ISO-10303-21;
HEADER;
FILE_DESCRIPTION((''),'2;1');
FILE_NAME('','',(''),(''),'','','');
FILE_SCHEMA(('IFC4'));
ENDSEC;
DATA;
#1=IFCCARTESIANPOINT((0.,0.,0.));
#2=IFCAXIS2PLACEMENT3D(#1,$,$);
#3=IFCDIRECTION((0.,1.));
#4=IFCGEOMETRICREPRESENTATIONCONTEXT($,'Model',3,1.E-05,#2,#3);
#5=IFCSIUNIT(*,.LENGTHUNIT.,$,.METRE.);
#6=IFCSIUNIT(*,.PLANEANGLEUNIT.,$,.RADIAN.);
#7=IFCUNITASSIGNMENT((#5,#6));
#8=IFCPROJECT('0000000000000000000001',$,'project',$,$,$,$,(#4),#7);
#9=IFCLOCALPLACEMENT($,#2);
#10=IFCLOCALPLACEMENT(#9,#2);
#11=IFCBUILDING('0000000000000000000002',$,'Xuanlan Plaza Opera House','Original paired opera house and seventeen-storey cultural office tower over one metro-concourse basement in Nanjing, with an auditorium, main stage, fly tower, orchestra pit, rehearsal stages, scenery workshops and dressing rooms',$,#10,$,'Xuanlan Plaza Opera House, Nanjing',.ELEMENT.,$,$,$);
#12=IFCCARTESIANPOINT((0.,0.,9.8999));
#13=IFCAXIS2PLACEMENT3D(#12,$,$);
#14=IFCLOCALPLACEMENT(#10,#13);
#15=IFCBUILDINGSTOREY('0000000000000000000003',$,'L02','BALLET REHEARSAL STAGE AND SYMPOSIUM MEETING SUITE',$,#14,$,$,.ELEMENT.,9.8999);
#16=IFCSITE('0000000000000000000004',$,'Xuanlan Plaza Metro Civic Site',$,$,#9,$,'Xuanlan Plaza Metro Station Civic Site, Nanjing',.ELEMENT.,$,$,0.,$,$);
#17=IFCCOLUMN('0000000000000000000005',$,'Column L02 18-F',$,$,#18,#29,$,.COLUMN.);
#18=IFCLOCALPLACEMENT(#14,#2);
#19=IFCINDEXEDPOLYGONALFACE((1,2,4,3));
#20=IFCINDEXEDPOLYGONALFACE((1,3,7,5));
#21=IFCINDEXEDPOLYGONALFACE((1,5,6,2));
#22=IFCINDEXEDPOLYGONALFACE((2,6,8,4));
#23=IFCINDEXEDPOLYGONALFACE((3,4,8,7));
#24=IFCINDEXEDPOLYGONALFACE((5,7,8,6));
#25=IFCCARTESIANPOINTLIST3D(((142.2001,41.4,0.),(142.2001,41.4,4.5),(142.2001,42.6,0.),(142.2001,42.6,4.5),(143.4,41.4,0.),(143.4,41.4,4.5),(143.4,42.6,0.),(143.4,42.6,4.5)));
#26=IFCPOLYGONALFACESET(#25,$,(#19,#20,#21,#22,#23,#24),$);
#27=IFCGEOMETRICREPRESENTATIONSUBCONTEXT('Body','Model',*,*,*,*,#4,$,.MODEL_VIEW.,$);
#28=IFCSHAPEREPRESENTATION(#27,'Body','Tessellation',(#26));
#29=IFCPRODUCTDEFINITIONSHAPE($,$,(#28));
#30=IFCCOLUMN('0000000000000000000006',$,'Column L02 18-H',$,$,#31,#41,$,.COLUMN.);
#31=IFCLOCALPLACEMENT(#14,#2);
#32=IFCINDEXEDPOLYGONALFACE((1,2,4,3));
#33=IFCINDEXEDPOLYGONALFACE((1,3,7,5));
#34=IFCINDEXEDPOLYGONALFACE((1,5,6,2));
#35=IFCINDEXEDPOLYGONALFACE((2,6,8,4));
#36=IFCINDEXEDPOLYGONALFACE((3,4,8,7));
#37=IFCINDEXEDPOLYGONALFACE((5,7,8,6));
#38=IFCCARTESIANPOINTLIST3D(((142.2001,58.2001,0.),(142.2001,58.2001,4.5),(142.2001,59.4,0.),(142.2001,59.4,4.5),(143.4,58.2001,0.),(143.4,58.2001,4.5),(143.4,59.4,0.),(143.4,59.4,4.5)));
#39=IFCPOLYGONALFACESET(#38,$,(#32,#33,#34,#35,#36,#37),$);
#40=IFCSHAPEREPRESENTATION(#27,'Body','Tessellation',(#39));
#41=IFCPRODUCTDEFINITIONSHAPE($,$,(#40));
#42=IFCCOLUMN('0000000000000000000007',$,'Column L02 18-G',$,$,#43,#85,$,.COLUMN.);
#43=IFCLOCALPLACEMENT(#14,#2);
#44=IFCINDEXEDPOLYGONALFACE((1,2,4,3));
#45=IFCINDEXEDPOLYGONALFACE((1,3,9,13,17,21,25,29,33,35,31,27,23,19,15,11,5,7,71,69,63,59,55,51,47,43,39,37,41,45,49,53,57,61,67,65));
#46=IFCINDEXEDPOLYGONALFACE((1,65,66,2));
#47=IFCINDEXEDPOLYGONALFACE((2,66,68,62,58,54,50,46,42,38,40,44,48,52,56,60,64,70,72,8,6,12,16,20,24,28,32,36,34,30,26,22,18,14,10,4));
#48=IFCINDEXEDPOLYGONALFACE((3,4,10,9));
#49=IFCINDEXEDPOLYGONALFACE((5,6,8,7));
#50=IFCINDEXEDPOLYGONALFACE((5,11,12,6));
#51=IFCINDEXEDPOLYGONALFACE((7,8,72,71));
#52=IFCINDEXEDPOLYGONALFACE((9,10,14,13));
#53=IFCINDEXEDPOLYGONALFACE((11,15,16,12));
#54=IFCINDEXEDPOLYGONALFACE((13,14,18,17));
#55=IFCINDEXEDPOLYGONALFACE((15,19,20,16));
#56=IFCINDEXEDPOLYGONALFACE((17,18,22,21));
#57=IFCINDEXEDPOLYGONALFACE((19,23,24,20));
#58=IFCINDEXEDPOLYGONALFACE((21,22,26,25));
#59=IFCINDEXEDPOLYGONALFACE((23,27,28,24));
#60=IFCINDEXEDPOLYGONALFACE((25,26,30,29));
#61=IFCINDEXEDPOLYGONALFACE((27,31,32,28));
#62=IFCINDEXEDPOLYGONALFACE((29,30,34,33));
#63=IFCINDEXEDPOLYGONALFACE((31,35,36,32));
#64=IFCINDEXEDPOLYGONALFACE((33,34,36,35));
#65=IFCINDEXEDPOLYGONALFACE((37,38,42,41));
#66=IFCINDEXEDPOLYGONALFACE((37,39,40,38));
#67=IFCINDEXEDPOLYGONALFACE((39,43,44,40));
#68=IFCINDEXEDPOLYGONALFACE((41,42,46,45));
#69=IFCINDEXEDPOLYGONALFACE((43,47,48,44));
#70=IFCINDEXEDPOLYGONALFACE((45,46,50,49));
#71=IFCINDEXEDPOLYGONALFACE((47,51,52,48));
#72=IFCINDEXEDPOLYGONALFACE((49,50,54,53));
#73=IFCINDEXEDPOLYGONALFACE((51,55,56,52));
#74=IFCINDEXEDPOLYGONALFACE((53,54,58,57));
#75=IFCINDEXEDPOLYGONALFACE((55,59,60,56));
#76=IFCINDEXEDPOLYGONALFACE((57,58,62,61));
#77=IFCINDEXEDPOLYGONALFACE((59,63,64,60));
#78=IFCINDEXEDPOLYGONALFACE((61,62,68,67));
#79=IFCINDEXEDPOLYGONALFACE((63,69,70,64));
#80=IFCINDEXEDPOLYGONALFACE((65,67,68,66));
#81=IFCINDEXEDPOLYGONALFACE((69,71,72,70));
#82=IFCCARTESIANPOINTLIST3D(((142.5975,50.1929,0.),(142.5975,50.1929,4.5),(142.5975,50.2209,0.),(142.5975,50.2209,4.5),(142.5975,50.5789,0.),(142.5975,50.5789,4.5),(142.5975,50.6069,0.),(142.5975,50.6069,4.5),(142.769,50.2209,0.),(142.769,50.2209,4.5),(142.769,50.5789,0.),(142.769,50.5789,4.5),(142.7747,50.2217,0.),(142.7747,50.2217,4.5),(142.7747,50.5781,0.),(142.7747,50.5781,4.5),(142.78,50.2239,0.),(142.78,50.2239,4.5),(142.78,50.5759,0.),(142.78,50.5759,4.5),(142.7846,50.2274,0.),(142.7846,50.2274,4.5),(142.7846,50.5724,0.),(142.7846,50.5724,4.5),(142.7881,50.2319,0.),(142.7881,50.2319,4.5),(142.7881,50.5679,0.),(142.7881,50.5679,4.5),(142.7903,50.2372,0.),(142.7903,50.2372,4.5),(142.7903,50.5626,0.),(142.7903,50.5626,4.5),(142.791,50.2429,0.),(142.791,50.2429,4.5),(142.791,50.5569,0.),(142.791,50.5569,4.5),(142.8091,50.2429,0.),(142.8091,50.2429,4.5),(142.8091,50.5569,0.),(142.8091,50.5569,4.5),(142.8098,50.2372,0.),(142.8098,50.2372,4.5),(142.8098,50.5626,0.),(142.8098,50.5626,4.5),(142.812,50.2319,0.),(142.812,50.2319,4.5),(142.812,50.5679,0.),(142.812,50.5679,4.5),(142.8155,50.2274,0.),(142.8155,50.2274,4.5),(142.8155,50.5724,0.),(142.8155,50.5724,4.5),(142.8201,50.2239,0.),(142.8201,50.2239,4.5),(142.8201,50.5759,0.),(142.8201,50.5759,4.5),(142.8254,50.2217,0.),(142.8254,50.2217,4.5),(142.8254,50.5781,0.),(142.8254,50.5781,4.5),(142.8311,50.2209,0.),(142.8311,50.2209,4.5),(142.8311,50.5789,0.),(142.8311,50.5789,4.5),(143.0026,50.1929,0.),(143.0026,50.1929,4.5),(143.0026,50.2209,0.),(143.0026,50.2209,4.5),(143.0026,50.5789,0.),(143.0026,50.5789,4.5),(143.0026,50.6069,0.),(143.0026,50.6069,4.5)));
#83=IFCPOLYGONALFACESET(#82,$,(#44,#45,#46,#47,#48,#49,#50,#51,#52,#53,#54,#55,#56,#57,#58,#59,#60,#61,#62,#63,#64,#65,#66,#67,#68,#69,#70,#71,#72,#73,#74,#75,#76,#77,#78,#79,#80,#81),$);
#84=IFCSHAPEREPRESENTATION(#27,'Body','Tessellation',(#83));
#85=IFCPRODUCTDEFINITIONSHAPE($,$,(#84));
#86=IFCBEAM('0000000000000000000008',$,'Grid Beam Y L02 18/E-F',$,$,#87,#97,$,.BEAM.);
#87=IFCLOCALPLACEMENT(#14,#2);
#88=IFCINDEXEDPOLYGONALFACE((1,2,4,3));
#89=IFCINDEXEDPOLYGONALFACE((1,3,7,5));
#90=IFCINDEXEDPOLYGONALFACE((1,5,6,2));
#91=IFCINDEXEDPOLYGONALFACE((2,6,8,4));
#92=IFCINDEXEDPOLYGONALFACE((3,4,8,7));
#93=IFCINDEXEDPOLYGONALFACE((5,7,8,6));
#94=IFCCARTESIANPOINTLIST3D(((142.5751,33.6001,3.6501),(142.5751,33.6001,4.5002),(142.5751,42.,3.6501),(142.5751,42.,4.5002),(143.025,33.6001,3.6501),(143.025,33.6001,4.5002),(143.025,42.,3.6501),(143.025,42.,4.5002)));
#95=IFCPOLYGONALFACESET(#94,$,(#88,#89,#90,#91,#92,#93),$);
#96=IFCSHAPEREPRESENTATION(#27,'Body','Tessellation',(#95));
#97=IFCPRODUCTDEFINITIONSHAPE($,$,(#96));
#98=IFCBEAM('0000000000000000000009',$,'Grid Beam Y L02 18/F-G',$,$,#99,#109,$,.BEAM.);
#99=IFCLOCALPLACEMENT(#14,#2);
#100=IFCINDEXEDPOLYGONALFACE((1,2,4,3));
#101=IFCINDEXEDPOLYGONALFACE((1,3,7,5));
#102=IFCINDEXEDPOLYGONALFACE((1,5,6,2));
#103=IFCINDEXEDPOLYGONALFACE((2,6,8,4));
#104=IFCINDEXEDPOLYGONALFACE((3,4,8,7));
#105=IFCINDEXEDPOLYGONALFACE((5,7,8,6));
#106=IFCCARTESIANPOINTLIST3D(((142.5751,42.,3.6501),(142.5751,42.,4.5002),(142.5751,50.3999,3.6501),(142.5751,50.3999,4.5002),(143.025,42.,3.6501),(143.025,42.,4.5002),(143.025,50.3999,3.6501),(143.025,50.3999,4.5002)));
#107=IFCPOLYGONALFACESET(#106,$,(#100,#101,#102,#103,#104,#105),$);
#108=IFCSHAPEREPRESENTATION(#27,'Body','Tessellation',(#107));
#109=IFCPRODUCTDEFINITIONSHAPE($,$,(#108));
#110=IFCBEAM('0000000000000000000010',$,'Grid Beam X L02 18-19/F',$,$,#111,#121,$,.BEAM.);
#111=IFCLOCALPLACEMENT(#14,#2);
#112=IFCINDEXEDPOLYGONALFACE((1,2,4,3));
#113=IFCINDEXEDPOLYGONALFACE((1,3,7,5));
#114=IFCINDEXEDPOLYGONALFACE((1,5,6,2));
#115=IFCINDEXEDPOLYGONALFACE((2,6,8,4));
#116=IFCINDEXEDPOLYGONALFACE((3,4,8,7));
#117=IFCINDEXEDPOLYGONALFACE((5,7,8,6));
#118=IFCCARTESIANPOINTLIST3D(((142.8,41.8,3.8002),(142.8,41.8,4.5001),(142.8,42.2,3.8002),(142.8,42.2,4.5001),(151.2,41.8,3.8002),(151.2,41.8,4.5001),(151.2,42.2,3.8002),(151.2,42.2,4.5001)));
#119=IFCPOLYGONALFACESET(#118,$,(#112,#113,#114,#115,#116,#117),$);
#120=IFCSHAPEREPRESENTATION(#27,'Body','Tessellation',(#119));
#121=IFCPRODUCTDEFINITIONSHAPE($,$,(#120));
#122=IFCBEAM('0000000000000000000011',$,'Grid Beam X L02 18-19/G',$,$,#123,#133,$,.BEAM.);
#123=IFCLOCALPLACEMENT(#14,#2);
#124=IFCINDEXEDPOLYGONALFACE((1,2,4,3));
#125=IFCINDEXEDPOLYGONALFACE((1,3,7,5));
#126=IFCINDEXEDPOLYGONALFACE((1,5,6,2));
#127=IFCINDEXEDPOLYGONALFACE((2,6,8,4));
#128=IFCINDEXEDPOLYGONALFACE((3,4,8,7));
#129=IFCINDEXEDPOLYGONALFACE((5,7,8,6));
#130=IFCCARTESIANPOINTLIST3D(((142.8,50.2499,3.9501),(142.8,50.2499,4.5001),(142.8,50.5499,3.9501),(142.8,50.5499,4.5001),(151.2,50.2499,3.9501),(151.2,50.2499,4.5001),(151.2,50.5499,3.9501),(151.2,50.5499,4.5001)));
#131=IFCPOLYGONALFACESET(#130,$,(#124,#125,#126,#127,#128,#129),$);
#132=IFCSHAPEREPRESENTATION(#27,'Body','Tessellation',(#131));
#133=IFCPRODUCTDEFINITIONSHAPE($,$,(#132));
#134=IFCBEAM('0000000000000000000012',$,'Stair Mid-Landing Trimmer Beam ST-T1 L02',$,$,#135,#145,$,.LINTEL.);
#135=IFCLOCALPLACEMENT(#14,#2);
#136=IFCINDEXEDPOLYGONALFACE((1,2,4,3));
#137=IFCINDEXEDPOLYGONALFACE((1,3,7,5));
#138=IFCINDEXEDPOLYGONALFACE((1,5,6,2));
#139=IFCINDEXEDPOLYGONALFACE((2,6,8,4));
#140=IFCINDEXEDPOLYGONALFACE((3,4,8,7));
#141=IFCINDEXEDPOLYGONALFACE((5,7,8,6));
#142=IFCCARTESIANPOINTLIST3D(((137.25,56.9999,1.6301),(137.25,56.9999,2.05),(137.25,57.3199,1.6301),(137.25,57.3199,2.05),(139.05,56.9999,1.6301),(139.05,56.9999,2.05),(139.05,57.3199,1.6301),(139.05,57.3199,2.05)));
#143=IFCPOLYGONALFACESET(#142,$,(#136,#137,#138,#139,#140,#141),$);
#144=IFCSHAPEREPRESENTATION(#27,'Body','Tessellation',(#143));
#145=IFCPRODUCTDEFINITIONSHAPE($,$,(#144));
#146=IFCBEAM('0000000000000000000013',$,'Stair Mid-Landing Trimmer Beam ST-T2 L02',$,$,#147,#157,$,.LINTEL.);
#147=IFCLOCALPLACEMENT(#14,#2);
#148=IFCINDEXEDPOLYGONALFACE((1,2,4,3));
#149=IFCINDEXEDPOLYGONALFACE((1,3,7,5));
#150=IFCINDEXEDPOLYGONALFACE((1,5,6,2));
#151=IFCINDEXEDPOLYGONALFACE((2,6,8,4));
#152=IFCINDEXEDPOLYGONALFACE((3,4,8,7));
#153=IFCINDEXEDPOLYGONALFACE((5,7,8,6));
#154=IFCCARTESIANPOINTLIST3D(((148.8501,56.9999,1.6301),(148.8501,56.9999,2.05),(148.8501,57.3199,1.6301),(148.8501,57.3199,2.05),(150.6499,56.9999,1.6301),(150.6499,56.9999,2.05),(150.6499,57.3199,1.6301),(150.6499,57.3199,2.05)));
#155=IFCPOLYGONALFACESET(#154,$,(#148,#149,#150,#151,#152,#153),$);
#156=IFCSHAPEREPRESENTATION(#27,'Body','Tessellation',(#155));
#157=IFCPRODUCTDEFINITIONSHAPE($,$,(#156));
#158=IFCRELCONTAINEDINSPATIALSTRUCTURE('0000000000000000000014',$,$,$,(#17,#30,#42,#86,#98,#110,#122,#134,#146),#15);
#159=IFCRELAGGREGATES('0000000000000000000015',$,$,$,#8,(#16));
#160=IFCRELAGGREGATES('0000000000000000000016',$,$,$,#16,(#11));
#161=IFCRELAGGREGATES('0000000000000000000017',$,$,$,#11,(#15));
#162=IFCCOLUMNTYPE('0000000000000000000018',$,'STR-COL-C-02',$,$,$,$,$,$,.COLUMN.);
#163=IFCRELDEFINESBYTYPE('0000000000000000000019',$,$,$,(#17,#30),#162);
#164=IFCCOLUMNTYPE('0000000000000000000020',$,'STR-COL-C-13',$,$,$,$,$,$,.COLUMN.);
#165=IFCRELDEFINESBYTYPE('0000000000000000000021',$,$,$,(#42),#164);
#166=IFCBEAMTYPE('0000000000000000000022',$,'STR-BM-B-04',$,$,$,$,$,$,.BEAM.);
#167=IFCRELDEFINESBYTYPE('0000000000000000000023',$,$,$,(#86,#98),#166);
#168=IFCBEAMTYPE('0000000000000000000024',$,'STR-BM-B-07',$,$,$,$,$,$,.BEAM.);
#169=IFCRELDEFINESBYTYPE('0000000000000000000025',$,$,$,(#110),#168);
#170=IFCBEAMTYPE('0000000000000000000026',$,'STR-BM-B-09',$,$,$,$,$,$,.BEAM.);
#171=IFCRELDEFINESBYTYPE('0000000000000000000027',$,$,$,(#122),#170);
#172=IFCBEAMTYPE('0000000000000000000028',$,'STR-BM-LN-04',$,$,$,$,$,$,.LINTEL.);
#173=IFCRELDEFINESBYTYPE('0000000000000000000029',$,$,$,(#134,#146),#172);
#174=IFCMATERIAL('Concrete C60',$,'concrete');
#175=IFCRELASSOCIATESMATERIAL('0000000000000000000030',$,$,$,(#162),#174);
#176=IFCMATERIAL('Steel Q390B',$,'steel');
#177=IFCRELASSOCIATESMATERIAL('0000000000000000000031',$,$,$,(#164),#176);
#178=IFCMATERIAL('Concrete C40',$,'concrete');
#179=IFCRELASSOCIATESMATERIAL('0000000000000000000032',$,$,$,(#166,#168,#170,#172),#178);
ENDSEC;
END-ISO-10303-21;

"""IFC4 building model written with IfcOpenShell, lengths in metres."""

from ifc_helpers import new_model, si_unit, direction, frame, origin, origin_2d, place, context, subcontext, project, spatial, rectangle, i_section, extrude, material, material_profile, profile_set, type_object, element, save


model = new_model("IFC4")

# Units and contexts
model_context = context("Model", 3, precision=1e-05, world=origin(), true_north=direction((0.0, 1.0)))
body_context = subcontext(model_context, "Body", "Model", "MODEL_VIEW")
ifc_project = project(units=[si_unit("LENGTHUNIT", "METRE"), si_unit("PLANEANGLEUNIT", "RADIAN")], contexts=[model_context])

# Site, building, storey
site_placement = place(None, origin())
site = spatial("IfcSite", under=ifc_project, at=site_placement, Name="Xuanlan Plaza Metro Civic Site", LongName="Xuanlan Plaza Metro Station Civic Site, Nanjing", CompositionType="ELEMENT", RefElevation=0.0)
building_placement = place(site_placement, origin())
building = spatial("IfcBuilding", under=site, at=building_placement, Name="Xuanlan Plaza Opera House", Description="Original paired opera house and seventeen-storey cultural office tower over one metro-concourse basement in Nanjing, with an auditorium, main stage, fly tower, orchestra pit, rehearsal stages, scenery workshops and dressing rooms", LongName="Xuanlan Plaza Opera House, Nanjing", CompositionType="ELEMENT")
storey_placement = place(building_placement, frame((0.0, 0.0, 9.8999)))
storey = spatial("IfcBuildingStorey", under=building, at=storey_placement, Name="L02", Description="BALLET REHEARSAL STAGE AND SYMPOSIUM MEETING SUITE", CompositionType="ELEMENT", Elevation=9.8999)

# Columns
ifc_material_1 = material(Name="Concrete C60", Category="concrete")
ifc_material_profile_1 = material_profile(ifc_material_1, rectangle(XDim=1.2, YDim=1.2, at=origin_2d()), Name="RC-COL 1200x1200")
ifc_profile_set_1 = profile_set([ifc_material_profile_1], Name="Concrete C60")
column_type_1 = type_object("IfcColumnType", Name="STR-COL-C-02", PredefinedType="COLUMN", material=ifc_profile_set_1)
for number, where, z_axis, x_axis, name in (
    (1, (142.8, 42.0, 0.0), (0.0, 0.0, 1.0), (1.0, 0.0, 0.0), "Column L02 18-F"),
    (2, (142.8, 58.8, 0.0), (0.0, 0.0, 1.0), (1.0, 0.0, 0.0), "Column L02 18-H"),
):
    element("IfcColumn", number, at=place(storey_placement, frame(where, z_axis=z_axis, x_axis=x_axis)), inside=storey, type_object=column_type_1, Name=name, PredefinedType="COLUMN", context=body_context, shape_type="SweptSolid", body=[
        extrude(rectangle(XDim=1.2, YDim=1.2, at=origin_2d()), origin(), (0.0, 0.0, 1.0), 4.5),
    ])
ifc_material_2 = material(Name="Steel Q390B", Category="steel")
ifc_material_profile_2 = material_profile(ifc_material_2, i_section(OverallWidth=0.405, OverallDepth=0.4141, WebThickness=0.0181, FlangeThickness=0.0281, FilletRadius=0.022, at=origin_2d()), Name="HW 414x405x18x28")
ifc_profile_set_2 = profile_set([ifc_material_profile_2], Name="Steel Q390B")
column_type_2 = type_object("IfcColumnType", Name="STR-COL-C-13", PredefinedType="COLUMN", material=ifc_profile_set_2)
column_placement = place(storey_placement, frame((142.8, 50.3999, 0.0), z_axis=(0.0, 0.0, 1.0), x_axis=(1.0, 0.0, 0.0)))
element("IfcColumn", 3, at=column_placement, inside=storey, type_object=column_type_2, Name="Column L02 18-G", PredefinedType="COLUMN", context=body_context, shape_type="SweptSolid", body=[
    extrude(i_section(OverallWidth=0.405, OverallDepth=0.4141, WebThickness=0.0181, FlangeThickness=0.0281, FilletRadius=0.022, at=origin_2d()), origin(), (0.0, 0.0, 1.0), 4.5),
])

# Beams
ifc_material_3 = material(Name="Concrete C40", Category="concrete")
ifc_material_profile_3 = material_profile(ifc_material_3, rectangle(XDim=0.45, YDim=0.8501, at=origin_2d()), Name="RC-BM 450x850")
ifc_profile_set_3 = profile_set([ifc_material_profile_3], Name="Concrete C40")
beam_type_1 = type_object("IfcBeamType", Name="STR-BM-B-04", PredefinedType="BEAM", material=ifc_profile_set_3)
for number, where, z_axis, x_axis, name in (
    (4, (142.8, 33.6001, 4.0752), (0.0, 1.0, 0.0), (-1.0, 0.0, 0.0), "Grid Beam Y L02 18/E-F"),
    (5, (142.8, 42.0, 4.0752), (0.0, 1.0, 0.0), (-1.0, 0.0, 0.0), "Grid Beam Y L02 18/F-G"),
):
    element("IfcBeam", number, at=place(storey_placement, frame(where, z_axis=z_axis, x_axis=x_axis)), inside=storey, type_object=beam_type_1, Name=name, PredefinedType="BEAM", context=body_context, shape_type="SweptSolid", body=[
        extrude(rectangle(XDim=0.45, YDim=0.8501, at=origin_2d()), origin(), (0.0, 0.0, 1.0), 8.3999),
    ])
ifc_material_profile_4 = material_profile(ifc_material_3, rectangle(XDim=0.3999, YDim=0.7, at=origin_2d()), Name="RC-BM 400x700")
ifc_profile_set_4 = profile_set([ifc_material_profile_4], Name="Concrete C40")
beam_type_2 = type_object("IfcBeamType", Name="STR-BM-B-07", PredefinedType="BEAM", material=ifc_profile_set_4)
beam_1_placement = place(storey_placement, frame((142.8, 42.0, 4.1501), z_axis=(1.0, 0.0, 0.0), x_axis=(0.0, 1.0, 0.0)))
element("IfcBeam", 6, at=beam_1_placement, inside=storey, type_object=beam_type_2, Name="Grid Beam X L02 18-19/F", PredefinedType="BEAM", context=body_context, shape_type="SweptSolid", body=[
    extrude(rectangle(XDim=0.3999, YDim=0.7, at=origin_2d()), origin(), (0.0, 0.0, 1.0), 8.3999),
])
ifc_material_profile_5 = material_profile(ifc_material_3, rectangle(XDim=0.3, YDim=0.55, at=origin_2d()), Name="RC-BM 300x550")
ifc_profile_set_5 = profile_set([ifc_material_profile_5], Name="Concrete C40")
beam_type_3 = type_object("IfcBeamType", Name="STR-BM-B-09", PredefinedType="BEAM", material=ifc_profile_set_5)
beam_2_placement = place(storey_placement, frame((142.8, 50.3999, 4.2251), z_axis=(1.0, 0.0, 0.0), x_axis=(0.0, 1.0, 0.0)))
element("IfcBeam", 7, at=beam_2_placement, inside=storey, type_object=beam_type_3, Name="Grid Beam X L02 18-19/G", PredefinedType="BEAM", context=body_context, shape_type="SweptSolid", body=[
    extrude(rectangle(XDim=0.3, YDim=0.55, at=origin_2d()), origin(), (0.0, 0.0, 1.0), 8.3999),
])
ifc_material_profile_6 = material_profile(ifc_material_3, rectangle(XDim=0.3201, YDim=0.4199, at=origin_2d()), Name="RC-LNT 320x420")
ifc_profile_set_6 = profile_set([ifc_material_profile_6], Name="Concrete C40")
beam_type_4 = type_object("IfcBeamType", Name="STR-BM-LN-04", PredefinedType="LINTEL", material=ifc_profile_set_6)
beam_3_placement = place(storey_placement, frame((137.25, 57.1599, 1.8401), z_axis=(1.0, 0.0, 0.0), x_axis=(0.0, 1.0, 0.0)))
element("IfcBeam", 8, at=beam_3_placement, inside=storey, type_object=beam_type_4, Name="Stair Mid-Landing Trimmer Beam ST-T1 L02", PredefinedType="LINTEL", context=body_context, shape_type="SweptSolid", body=[
    extrude(rectangle(XDim=0.3201, YDim=0.4199, at=origin_2d()), origin(), (0.0, 0.0, 1.0), 1.8),
])
beam_4_placement = place(storey_placement, frame((148.8501, 57.1599, 1.8401), z_axis=(1.0, 0.0, 0.0), x_axis=(0.0, 1.0, 0.0)))
element("IfcBeam", 9, at=beam_4_placement, inside=storey, type_object=beam_type_4, Name="Stair Mid-Landing Trimmer Beam ST-T2 L02", PredefinedType="LINTEL", context=body_context, shape_type="SweptSolid", body=[
    extrude(rectangle(XDim=0.3201, YDim=0.4199, at=origin_2d()), origin(), (0.0, 0.0, 1.0), 1.7998),
])

save(model, "model.ifc")
